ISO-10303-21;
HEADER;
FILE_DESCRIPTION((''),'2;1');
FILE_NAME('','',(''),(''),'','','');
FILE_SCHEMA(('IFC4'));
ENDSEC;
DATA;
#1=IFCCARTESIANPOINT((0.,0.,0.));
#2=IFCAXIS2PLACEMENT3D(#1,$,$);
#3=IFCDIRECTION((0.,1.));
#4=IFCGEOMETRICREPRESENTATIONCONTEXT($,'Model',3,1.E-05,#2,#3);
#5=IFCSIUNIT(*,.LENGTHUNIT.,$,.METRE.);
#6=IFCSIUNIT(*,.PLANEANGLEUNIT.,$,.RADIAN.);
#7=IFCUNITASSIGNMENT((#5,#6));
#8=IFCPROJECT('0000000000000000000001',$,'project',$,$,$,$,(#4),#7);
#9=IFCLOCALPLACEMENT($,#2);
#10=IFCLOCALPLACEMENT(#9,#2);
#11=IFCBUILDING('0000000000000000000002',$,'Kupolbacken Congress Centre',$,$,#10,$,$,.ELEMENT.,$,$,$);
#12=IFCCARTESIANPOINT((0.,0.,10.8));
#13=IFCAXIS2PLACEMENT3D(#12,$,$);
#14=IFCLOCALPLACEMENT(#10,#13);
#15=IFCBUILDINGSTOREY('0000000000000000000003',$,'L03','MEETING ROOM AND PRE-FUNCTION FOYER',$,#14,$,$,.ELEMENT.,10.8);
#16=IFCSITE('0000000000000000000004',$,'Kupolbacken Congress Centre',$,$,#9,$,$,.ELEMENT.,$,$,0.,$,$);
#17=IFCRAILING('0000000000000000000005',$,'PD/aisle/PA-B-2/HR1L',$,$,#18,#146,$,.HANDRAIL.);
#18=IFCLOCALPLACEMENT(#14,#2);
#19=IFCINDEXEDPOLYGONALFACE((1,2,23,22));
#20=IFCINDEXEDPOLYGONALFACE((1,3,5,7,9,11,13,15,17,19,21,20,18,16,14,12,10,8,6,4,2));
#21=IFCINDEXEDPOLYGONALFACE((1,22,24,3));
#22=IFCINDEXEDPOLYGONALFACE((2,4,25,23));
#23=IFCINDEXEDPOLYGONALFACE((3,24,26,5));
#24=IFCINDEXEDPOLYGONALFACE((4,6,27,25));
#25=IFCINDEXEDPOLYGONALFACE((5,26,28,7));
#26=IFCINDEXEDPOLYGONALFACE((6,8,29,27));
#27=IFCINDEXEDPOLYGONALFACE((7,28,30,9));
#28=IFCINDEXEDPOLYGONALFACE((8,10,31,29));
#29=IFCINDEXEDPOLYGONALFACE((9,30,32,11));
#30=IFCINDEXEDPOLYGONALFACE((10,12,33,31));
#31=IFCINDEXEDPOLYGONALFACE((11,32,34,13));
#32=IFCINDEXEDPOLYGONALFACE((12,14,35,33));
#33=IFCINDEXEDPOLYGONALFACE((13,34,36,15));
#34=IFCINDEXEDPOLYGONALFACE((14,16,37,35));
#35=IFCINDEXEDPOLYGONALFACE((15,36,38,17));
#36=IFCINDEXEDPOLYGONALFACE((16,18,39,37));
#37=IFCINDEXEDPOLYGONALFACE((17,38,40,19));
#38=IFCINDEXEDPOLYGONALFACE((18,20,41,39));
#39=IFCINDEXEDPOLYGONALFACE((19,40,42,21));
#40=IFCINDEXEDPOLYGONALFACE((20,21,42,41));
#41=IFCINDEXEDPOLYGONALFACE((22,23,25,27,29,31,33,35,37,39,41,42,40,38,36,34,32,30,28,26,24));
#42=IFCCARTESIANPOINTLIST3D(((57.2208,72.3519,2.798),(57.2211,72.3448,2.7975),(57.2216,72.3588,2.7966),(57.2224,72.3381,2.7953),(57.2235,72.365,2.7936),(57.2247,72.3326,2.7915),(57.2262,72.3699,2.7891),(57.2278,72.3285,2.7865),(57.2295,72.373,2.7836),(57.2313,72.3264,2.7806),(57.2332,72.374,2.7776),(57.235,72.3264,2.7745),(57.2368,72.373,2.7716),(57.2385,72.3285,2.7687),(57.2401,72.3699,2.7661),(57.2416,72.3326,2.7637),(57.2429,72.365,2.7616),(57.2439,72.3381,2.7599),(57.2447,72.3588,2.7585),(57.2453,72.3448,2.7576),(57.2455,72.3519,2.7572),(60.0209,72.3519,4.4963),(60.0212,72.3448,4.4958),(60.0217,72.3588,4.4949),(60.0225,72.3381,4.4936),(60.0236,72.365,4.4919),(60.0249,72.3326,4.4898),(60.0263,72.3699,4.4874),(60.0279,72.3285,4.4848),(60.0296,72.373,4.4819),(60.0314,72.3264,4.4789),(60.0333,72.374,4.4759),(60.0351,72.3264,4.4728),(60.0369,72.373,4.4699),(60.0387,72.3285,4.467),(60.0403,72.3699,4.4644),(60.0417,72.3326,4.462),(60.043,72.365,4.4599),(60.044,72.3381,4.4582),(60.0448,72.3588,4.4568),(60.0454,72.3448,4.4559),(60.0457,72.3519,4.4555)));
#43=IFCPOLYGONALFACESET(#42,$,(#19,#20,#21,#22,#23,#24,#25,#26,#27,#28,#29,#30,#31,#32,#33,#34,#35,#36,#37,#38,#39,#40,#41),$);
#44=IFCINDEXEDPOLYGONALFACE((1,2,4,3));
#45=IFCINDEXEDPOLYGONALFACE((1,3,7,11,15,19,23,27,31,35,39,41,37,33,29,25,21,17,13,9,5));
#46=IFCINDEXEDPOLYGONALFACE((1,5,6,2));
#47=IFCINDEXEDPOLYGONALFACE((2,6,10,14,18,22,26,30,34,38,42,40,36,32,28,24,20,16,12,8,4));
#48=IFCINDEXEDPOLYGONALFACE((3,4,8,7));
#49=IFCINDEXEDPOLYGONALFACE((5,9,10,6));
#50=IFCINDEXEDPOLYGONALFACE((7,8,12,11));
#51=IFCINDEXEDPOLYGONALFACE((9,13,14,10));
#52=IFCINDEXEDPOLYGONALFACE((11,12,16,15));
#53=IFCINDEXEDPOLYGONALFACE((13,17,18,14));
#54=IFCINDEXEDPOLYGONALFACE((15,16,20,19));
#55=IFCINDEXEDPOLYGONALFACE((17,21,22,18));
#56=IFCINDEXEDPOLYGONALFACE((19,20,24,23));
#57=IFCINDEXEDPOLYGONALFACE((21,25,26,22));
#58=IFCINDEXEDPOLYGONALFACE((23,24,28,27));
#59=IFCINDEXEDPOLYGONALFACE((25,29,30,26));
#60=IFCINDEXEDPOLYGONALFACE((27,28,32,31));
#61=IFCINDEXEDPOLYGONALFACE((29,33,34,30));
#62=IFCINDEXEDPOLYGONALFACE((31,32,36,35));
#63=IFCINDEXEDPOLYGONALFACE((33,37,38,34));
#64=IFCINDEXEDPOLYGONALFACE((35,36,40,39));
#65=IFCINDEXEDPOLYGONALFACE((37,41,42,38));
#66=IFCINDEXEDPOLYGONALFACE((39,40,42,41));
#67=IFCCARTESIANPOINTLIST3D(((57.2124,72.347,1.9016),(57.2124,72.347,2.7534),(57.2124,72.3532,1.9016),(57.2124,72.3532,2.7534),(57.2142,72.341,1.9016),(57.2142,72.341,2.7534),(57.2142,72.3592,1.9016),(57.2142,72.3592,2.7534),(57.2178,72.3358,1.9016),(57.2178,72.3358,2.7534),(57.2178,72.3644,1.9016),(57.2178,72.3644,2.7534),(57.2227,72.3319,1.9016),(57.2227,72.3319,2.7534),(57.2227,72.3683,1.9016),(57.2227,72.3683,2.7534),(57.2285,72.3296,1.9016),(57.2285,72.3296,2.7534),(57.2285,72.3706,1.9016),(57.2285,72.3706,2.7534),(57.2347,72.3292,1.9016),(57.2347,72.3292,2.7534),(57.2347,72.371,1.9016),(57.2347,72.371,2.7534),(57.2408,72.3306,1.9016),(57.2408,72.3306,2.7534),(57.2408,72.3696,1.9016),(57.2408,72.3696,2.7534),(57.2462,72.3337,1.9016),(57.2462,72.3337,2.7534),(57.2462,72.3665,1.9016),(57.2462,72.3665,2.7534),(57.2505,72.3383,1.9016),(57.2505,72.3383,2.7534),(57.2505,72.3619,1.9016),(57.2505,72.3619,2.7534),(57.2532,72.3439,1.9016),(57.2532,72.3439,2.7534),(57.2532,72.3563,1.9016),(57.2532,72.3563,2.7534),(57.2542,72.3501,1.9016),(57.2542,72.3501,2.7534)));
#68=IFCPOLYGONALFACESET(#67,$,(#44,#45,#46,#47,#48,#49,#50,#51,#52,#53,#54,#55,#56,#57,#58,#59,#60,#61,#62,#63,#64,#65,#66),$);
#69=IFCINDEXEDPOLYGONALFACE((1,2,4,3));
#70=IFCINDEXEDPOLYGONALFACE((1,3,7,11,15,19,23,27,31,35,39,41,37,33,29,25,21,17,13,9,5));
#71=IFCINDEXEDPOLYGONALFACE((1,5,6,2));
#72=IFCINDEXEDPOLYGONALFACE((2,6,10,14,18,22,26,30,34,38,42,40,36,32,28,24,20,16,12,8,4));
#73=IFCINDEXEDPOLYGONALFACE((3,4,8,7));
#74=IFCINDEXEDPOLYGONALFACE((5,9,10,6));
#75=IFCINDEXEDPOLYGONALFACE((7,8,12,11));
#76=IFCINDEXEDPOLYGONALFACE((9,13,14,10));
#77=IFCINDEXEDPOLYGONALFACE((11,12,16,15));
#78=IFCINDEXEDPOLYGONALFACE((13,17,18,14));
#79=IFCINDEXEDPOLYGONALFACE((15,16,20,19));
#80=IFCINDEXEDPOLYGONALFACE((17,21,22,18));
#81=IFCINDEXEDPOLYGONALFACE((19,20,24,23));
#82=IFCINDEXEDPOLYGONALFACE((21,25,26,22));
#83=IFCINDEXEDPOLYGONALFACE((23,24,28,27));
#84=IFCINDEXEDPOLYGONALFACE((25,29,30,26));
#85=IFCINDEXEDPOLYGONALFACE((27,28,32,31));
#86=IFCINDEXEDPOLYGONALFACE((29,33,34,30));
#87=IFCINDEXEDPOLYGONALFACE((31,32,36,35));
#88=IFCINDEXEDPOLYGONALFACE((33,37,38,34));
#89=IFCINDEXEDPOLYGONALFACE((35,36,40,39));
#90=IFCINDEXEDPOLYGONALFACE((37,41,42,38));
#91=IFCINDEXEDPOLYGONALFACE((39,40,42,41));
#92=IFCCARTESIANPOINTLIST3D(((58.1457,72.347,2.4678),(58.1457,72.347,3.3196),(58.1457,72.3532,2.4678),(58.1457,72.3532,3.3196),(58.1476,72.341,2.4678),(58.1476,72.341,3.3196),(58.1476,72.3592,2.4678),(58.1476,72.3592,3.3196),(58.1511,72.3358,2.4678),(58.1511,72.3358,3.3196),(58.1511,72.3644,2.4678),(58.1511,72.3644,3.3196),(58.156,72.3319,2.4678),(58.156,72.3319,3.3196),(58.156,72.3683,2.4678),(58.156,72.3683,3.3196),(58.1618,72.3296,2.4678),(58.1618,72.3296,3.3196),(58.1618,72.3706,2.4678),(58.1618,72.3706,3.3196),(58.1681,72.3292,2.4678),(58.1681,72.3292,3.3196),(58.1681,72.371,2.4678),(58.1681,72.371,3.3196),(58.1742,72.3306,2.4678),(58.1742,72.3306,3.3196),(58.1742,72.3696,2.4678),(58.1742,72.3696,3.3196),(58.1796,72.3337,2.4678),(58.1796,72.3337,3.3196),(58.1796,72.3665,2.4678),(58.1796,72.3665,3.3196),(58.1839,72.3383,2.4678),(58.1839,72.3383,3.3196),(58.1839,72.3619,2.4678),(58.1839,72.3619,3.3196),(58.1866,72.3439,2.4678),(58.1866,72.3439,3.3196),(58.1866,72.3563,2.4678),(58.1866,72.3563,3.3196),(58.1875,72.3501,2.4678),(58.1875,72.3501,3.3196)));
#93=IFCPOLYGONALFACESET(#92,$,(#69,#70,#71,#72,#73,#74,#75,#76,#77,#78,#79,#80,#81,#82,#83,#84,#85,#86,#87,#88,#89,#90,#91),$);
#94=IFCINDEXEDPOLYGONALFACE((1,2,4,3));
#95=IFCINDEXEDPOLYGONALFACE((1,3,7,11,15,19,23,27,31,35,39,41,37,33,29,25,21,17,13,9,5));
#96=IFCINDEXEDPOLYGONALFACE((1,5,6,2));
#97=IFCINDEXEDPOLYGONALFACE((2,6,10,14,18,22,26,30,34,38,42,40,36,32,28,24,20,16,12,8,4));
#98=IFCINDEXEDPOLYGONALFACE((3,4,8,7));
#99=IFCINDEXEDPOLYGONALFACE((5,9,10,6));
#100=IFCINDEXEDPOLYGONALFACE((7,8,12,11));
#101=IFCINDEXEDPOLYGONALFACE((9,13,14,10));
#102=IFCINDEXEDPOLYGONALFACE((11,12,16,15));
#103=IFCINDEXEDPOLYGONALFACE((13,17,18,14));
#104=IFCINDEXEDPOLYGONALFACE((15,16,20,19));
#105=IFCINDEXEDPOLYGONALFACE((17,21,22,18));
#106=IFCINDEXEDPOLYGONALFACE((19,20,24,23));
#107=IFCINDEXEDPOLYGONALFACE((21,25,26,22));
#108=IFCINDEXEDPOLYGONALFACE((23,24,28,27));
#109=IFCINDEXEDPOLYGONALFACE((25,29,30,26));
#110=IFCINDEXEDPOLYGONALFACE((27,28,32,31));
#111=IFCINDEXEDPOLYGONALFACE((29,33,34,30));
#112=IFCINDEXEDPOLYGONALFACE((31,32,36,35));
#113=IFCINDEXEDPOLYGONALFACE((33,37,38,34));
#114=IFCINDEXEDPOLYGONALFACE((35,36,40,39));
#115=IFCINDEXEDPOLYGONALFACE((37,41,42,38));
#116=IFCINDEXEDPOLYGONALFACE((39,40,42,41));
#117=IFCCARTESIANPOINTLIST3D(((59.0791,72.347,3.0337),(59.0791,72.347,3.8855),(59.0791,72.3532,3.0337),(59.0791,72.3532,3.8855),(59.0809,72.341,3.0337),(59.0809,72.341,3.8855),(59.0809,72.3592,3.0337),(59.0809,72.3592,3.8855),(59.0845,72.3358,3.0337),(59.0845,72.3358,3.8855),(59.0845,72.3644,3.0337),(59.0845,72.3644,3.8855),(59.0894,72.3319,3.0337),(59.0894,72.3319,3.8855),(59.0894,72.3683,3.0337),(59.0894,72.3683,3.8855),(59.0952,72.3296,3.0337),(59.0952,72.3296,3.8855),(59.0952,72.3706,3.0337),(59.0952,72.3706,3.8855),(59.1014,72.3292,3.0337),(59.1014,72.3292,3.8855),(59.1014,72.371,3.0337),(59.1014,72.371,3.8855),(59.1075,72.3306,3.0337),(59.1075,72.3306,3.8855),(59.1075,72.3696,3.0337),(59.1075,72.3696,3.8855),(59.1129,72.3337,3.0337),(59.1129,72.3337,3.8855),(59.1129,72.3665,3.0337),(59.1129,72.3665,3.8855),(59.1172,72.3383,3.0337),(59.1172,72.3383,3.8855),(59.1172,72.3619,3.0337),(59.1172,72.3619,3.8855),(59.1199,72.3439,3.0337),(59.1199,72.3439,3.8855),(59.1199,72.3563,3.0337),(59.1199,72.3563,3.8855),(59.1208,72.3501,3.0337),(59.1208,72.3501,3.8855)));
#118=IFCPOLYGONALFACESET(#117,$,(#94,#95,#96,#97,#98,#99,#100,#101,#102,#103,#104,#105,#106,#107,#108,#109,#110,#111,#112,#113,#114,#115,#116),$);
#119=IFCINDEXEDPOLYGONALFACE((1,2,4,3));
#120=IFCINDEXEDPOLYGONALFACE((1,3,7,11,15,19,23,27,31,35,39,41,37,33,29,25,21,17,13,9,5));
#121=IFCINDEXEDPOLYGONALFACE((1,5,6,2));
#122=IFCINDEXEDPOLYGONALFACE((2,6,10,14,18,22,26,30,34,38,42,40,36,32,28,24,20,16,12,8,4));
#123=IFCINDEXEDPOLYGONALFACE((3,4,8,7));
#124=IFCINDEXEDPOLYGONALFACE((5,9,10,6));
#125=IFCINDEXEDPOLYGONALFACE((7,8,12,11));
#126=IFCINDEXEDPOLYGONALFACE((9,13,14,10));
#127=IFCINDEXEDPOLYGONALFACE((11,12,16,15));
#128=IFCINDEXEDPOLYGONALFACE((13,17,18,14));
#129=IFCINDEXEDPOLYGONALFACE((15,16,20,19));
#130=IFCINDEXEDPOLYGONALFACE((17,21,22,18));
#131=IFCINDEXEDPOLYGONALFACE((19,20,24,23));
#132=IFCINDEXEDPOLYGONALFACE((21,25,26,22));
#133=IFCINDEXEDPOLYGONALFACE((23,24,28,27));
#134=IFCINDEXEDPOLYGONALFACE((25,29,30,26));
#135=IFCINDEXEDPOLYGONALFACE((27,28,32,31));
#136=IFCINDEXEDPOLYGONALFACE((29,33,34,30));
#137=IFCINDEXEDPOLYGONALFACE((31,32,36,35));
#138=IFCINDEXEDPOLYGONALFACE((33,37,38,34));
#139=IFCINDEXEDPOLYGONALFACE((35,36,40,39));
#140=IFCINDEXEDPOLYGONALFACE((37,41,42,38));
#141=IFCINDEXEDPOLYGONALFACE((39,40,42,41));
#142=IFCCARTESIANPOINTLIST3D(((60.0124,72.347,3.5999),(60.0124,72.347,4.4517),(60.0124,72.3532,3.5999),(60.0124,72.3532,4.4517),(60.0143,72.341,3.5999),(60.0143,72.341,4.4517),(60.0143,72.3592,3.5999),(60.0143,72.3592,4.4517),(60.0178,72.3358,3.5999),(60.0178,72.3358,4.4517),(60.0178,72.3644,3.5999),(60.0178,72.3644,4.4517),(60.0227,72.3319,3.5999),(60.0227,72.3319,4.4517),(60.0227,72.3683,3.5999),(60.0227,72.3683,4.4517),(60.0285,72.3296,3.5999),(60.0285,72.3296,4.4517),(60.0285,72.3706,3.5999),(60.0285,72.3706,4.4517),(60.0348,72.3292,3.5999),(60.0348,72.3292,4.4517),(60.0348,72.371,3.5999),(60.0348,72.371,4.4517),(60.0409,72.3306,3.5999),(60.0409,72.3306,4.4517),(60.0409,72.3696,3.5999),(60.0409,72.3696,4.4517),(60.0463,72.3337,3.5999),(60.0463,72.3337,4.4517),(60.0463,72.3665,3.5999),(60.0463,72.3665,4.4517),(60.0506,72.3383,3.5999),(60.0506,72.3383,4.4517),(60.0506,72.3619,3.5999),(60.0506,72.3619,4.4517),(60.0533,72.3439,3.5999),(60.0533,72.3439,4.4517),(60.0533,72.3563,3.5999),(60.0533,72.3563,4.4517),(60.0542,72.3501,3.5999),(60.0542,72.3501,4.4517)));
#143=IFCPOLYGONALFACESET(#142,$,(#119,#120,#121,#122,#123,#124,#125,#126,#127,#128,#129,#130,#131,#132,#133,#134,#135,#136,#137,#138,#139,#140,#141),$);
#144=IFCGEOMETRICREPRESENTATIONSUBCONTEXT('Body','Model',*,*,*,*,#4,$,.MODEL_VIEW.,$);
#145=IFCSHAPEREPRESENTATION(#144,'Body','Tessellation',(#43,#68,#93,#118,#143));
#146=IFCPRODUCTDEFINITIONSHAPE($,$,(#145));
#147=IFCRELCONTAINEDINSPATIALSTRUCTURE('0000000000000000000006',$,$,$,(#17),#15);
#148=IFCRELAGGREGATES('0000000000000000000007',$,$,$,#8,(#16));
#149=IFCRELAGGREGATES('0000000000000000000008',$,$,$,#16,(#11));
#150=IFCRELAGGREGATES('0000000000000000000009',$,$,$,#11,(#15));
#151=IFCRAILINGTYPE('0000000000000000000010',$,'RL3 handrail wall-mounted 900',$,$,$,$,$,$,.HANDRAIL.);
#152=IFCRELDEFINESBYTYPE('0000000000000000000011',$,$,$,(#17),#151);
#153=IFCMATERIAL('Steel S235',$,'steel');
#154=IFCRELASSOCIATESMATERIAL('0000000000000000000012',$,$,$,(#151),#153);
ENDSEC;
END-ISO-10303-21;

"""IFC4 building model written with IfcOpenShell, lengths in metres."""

from ifc_helpers import new_model, si_unit, direction, frame, origin, origin_2d, place, context, subcontext, project, spatial, circle, extrude, material, type_object, element, save


model = new_model("IFC4")

# Units and contexts
model_context = context("Model", 3, precision=1e-05, world=origin(), true_north=direction((0.0, 1.0)))
body_context = subcontext(model_context, "Body", "Model", "MODEL_VIEW")
ifc_project = project(units=[si_unit("LENGTHUNIT", "METRE"), si_unit("PLANEANGLEUNIT", "RADIAN")], contexts=[model_context])

# Site, building, storey
site_placement = place(None, origin())
site = spatial("IfcSite", under=ifc_project, at=site_placement, Name="Kupolbacken Congress Centre", CompositionType="ELEMENT", RefElevation=0.0)
building_placement = place(site_placement, origin())
building = spatial("IfcBuilding", under=site, at=building_placement, Name="Kupolbacken Congress Centre", CompositionType="ELEMENT")
storey_placement = place(building_placement, frame((0.0, 0.0, 10.8)))
storey = spatial("IfcBuildingStorey", under=building, at=storey_placement, Name="L03", Description="MEETING ROOM AND PRE-FUNCTION FOYER", CompositionType="ELEMENT", Elevation=10.8)

# Railing
ifc_material_1 = material(Name="Steel S235", Category="steel")
railing_type_1 = type_object("IfcRailingType", Name="RL3 handrail wall-mounted 900", PredefinedType="HANDRAIL", material=ifc_material_1)
railing_1_placement = place(storey_placement, frame((57.2332, 72.3501, 1.9016)))
element("IfcRailing", 1, at=railing_1_placement, inside=storey, type_object=railing_type_1, Name="PD/aisle/PA-B-2/HR1L", PredefinedType="HANDRAIL", context=body_context, shape_type="SweptSolid", body=[
    extrude(circle(Radius=0.0239, at=origin_2d()), frame((0.0, 0.0, 0.876), z_axis=(0.85503, 0.0, 0.518579), x_axis=(0.0, 1.0, 0.0)), (0.0, 0.0, 1.0), 3.2749),
    extrude(circle(Radius=0.021, at=origin_2d()), origin(), (0.0, 0.0, 1.0), 0.8518),
    extrude(circle(Radius=0.021, at=origin_2d()), frame((0.9333, 0.0, 0.5662)), (0.0, 0.0, 1.0), 0.8518),
    extrude(circle(Radius=0.021, at=origin_2d()), frame((1.8667, 0.0, 1.1321)), (0.0, 0.0, 1.0), 0.8518),
    extrude(circle(Radius=0.021, at=origin_2d()), frame((2.8, 0.0, 1.6982)), (0.0, 0.0, 1.0), 0.8518),
])

save(model, "model.ifc")
